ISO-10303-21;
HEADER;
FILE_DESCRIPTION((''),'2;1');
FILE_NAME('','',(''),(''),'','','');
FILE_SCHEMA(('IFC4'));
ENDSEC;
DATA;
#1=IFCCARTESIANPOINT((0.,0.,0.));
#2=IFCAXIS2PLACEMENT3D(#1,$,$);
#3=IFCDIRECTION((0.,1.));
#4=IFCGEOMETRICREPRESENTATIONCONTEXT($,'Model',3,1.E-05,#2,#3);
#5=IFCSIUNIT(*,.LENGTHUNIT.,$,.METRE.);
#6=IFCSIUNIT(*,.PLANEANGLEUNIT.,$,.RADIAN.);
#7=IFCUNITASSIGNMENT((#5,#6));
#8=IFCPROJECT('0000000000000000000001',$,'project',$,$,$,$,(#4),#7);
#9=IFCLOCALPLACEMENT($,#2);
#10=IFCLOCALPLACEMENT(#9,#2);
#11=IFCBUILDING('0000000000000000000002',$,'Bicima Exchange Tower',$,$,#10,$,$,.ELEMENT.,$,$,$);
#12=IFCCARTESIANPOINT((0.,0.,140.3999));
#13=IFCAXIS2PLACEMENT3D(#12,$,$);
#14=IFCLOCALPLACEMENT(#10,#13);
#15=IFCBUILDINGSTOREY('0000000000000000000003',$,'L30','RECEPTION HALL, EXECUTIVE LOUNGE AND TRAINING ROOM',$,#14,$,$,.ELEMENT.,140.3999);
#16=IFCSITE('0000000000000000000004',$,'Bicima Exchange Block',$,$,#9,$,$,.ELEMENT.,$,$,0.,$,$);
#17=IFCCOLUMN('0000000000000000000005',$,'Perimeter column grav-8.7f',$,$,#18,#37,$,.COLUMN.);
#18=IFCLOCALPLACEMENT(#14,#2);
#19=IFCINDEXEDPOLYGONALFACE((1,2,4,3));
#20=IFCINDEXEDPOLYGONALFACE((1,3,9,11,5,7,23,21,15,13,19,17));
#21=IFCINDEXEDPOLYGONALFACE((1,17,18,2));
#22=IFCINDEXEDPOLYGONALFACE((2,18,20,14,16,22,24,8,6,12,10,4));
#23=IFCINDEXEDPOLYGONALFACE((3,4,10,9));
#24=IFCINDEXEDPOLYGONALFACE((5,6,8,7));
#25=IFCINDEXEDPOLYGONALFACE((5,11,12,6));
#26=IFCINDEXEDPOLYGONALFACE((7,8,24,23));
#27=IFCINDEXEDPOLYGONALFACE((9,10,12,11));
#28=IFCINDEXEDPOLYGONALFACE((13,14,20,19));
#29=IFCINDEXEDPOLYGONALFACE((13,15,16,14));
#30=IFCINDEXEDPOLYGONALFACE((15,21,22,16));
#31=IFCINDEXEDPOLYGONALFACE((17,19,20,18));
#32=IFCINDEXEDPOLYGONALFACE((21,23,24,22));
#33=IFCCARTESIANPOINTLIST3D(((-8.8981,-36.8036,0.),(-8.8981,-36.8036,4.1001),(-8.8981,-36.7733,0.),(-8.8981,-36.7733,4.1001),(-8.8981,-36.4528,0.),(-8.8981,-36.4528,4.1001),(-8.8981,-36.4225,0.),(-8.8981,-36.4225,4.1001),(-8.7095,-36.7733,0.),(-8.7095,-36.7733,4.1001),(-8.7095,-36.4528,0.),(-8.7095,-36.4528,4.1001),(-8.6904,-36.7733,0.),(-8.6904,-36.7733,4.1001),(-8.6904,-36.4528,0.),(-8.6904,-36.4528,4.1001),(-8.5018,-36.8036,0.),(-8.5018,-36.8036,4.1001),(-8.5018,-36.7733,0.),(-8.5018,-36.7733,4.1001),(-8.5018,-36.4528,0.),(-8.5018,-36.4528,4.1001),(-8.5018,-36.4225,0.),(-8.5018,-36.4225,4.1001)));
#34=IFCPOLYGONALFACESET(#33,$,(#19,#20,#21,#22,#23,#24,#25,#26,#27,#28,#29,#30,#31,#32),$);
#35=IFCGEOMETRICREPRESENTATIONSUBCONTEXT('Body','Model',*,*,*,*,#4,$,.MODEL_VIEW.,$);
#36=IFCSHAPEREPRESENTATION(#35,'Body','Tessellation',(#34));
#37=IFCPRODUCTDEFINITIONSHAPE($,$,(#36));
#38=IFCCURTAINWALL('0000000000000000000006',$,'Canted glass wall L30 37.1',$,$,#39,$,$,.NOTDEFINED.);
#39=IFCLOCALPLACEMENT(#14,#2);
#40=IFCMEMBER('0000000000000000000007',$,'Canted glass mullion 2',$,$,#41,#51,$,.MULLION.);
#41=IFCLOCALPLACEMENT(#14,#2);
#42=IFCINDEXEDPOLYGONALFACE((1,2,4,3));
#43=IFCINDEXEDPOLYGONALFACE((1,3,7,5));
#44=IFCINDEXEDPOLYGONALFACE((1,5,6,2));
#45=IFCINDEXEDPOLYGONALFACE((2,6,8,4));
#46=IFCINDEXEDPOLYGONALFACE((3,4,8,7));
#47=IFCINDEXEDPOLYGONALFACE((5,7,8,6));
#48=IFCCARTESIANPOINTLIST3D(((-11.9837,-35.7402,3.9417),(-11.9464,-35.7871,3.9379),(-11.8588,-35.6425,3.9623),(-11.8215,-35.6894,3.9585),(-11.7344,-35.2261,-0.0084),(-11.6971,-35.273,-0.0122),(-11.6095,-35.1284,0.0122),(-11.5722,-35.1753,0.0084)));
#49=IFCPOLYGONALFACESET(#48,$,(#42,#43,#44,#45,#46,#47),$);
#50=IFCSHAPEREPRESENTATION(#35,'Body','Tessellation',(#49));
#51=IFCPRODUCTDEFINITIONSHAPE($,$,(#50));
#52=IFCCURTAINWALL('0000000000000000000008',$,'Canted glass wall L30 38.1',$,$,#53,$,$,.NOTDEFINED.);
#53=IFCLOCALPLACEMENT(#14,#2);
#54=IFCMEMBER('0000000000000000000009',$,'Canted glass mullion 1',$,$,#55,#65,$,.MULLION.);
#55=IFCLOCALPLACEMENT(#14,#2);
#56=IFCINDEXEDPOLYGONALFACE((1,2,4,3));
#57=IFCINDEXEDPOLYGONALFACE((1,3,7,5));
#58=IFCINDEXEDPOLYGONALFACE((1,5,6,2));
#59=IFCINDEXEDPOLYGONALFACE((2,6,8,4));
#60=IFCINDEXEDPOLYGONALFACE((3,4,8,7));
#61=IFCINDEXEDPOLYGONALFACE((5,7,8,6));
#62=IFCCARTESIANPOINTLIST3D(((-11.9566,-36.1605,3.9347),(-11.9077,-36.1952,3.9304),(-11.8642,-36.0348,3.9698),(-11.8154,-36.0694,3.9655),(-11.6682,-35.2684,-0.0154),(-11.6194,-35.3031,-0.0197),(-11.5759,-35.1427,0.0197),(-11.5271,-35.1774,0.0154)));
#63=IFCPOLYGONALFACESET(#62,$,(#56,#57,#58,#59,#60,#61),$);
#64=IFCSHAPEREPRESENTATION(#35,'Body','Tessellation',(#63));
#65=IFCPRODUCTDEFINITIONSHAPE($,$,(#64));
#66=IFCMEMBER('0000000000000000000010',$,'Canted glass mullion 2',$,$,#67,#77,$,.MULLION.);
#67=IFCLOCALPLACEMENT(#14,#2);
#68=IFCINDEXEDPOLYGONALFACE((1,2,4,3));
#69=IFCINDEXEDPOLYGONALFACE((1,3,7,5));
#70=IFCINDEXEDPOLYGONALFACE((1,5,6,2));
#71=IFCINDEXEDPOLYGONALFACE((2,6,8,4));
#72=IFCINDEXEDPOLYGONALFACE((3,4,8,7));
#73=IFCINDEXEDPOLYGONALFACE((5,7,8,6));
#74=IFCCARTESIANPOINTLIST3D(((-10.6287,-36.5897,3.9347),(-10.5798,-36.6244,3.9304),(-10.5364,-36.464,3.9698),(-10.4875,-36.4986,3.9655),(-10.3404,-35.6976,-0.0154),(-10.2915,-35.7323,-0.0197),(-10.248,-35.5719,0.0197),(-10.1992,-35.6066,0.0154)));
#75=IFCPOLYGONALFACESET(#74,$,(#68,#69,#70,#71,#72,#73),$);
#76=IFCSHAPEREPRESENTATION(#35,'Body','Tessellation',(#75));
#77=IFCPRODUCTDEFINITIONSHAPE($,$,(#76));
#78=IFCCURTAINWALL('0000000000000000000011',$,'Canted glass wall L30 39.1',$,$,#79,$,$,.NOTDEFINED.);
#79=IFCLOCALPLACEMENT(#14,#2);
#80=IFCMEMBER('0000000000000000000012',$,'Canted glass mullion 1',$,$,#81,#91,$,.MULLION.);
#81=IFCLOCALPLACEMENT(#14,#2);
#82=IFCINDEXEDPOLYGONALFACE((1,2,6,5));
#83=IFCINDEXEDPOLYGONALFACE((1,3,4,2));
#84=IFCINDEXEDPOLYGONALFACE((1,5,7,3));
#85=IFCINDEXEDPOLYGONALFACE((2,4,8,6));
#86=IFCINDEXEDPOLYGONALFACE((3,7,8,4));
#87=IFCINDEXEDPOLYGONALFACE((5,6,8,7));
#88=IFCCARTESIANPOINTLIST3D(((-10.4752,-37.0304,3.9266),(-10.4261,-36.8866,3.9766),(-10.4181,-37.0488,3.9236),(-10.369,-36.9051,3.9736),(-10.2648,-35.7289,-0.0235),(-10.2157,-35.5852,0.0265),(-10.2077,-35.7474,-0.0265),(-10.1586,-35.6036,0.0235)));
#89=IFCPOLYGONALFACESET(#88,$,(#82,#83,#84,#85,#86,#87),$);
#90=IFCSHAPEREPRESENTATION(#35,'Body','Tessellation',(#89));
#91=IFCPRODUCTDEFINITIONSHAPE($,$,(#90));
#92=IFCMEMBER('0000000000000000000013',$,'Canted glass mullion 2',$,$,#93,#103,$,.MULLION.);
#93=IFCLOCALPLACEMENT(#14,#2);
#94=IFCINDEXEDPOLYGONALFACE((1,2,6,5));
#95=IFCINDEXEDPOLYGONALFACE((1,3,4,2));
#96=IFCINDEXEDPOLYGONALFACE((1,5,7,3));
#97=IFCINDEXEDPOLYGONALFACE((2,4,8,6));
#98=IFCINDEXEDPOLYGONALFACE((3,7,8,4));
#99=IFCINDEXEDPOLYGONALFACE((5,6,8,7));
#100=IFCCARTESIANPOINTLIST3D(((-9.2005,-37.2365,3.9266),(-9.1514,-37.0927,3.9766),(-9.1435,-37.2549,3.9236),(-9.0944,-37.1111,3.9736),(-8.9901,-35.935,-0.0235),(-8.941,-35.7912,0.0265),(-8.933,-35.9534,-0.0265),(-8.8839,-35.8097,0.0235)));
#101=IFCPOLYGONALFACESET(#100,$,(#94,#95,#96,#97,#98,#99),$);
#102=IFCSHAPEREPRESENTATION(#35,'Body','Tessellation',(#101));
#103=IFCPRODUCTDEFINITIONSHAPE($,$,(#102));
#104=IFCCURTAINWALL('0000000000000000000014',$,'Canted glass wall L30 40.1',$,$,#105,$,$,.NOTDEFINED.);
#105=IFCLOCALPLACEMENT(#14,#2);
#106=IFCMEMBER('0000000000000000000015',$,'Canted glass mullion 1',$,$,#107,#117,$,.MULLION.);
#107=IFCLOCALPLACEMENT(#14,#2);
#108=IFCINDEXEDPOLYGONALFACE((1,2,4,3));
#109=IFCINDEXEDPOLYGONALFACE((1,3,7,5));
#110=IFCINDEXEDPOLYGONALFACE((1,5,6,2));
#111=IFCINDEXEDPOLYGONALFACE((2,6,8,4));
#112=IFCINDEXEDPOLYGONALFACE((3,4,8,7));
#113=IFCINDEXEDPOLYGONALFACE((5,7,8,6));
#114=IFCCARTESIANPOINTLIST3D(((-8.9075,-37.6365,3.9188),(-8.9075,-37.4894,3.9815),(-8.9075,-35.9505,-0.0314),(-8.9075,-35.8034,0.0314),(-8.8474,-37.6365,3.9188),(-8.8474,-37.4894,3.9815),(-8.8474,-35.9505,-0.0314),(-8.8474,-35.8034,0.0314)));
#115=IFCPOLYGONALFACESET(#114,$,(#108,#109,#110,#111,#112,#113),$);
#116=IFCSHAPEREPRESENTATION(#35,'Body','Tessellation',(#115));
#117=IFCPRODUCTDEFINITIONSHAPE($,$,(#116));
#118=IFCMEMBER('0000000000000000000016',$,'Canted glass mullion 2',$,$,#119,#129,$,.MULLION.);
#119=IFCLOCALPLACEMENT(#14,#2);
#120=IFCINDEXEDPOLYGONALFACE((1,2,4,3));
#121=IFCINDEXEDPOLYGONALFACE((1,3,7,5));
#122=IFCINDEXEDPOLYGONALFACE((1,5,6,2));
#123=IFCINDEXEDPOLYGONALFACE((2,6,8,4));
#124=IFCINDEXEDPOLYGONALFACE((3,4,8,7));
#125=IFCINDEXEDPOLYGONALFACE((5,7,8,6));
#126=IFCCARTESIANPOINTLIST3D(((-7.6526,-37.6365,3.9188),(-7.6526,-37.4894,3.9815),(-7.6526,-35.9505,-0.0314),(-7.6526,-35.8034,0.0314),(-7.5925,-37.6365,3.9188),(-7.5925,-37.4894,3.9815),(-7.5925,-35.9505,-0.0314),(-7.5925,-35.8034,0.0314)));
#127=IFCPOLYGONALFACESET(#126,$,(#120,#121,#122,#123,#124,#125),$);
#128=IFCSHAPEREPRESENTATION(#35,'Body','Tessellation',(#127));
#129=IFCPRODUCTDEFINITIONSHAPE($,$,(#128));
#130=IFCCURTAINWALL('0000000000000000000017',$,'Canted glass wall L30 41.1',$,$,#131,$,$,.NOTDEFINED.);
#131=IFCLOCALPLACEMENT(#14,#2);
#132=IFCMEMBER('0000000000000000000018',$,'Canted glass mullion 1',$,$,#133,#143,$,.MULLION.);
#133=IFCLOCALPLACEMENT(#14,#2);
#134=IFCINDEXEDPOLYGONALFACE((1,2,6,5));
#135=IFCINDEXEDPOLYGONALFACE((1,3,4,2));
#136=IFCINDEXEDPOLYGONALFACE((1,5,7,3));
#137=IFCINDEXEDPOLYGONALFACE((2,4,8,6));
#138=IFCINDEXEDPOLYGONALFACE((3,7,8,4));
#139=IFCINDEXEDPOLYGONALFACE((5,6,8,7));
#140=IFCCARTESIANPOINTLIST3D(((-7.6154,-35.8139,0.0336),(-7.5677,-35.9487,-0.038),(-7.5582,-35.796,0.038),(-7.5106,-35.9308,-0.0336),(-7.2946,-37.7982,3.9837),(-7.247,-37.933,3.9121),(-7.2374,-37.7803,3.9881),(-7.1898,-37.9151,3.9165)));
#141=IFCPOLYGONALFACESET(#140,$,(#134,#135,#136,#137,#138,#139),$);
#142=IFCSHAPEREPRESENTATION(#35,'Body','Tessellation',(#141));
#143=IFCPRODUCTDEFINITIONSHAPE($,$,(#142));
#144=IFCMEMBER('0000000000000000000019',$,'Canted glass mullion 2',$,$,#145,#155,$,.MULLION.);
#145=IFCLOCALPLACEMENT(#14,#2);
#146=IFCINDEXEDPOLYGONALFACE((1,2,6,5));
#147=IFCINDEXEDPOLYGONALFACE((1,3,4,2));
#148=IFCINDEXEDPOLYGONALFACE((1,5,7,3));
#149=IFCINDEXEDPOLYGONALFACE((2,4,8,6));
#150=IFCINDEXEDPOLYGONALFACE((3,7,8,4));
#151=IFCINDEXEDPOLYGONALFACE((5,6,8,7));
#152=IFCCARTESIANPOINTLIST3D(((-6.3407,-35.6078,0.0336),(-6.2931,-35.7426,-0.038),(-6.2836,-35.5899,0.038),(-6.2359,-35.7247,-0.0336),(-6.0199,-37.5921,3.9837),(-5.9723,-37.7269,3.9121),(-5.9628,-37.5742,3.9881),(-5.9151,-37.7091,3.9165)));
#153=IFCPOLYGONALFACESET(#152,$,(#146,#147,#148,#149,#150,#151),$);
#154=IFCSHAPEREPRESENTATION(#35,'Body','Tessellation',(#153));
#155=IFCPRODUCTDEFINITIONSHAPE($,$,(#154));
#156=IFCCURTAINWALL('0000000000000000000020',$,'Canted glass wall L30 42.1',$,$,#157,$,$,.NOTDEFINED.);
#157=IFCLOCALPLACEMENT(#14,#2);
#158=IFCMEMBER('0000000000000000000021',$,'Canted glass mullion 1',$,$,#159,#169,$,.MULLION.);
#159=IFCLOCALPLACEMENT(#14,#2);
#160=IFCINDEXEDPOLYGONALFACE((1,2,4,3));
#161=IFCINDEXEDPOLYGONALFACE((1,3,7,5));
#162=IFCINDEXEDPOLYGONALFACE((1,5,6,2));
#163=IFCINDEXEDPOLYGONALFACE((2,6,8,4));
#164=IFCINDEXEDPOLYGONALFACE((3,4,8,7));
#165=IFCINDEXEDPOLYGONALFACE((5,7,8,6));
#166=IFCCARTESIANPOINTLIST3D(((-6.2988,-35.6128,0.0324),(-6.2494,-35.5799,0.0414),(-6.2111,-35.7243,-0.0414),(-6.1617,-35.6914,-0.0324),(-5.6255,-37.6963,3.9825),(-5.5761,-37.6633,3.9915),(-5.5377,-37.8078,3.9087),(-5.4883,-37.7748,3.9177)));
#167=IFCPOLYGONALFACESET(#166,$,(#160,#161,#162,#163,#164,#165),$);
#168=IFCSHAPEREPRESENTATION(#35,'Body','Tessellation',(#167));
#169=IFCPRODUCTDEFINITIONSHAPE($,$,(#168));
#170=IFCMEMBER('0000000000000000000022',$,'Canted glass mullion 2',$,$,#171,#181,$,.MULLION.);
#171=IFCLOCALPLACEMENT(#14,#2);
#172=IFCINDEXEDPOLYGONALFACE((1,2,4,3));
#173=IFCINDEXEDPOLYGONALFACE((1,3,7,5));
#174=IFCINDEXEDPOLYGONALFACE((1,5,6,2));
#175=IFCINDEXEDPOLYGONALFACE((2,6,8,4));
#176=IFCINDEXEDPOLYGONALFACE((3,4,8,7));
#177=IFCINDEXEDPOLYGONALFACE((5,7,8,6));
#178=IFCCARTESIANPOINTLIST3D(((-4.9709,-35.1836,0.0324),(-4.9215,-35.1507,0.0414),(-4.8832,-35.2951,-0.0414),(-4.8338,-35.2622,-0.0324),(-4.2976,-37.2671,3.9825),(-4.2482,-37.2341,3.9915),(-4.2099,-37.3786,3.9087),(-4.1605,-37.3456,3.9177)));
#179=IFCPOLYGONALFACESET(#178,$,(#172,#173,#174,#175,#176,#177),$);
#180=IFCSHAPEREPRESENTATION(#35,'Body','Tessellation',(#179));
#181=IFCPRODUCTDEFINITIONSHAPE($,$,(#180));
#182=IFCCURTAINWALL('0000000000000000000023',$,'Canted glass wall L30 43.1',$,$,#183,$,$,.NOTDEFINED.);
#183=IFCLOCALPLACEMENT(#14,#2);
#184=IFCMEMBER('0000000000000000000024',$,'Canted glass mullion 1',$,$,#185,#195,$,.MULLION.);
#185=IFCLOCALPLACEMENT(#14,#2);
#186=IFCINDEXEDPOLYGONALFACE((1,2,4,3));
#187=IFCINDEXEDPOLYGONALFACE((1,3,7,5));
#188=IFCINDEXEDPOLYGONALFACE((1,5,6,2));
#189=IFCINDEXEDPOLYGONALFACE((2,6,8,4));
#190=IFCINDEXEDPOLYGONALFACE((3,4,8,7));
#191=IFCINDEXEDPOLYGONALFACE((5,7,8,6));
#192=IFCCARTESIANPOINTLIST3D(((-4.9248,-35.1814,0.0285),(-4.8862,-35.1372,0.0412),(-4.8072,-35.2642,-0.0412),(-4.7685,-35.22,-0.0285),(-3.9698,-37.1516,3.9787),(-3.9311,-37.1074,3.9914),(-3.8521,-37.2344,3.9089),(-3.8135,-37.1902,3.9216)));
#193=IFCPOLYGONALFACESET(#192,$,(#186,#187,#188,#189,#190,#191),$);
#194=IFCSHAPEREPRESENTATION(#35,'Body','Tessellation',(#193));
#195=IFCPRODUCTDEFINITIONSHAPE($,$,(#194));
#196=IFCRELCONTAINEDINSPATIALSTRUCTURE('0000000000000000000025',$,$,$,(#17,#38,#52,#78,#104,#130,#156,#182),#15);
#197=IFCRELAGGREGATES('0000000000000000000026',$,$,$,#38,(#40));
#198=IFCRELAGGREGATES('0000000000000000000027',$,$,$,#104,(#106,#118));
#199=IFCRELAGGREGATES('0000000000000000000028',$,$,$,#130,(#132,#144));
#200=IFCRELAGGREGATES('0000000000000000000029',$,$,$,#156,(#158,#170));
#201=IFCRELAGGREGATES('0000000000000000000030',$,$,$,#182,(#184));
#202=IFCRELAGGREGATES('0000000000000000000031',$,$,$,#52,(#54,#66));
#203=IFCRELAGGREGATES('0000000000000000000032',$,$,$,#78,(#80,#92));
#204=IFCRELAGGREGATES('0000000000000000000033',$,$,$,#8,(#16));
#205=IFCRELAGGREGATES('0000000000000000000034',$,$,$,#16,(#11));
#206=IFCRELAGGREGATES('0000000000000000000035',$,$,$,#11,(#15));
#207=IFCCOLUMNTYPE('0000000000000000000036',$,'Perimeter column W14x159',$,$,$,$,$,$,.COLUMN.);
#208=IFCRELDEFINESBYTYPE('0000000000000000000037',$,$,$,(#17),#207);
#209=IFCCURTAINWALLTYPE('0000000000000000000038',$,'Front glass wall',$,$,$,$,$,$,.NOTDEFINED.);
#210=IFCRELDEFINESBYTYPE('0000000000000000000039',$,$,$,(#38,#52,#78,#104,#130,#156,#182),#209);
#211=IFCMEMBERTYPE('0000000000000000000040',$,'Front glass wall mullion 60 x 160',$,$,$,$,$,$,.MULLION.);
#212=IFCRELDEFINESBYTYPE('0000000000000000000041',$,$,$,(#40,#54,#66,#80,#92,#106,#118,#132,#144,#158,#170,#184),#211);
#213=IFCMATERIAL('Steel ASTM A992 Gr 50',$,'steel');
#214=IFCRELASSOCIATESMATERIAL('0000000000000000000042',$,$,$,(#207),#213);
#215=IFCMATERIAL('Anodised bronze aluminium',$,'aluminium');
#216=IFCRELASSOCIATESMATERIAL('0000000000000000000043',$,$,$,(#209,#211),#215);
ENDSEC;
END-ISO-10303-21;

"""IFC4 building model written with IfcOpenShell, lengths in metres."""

from ifc_helpers import new_model, si_unit, direction, frame, origin, origin_2d, place, context, subcontext, project, spatial, rectangle, i_section, extrude, material, material_profile, profile_set, type_object, element, aggregate, save


model = new_model("IFC4")

# Units and contexts
model_context = context("Model", 3, precision=1e-05, world=origin(), true_north=direction((0.0, 1.0)))
body_context = subcontext(model_context, "Body", "Model", "MODEL_VIEW")
ifc_project = project(units=[si_unit("LENGTHUNIT", "METRE"), si_unit("PLANEANGLEUNIT", "RADIAN")], contexts=[model_context])

# Site, building, storey
site_placement = place(None, origin())
site = spatial("IfcSite", under=ifc_project, at=site_placement, Name="Bicima Exchange Block", CompositionType="ELEMENT", RefElevation=0.0)
building_placement = place(site_placement, origin())
building = spatial("IfcBuilding", under=site, at=building_placement, Name="Bicima Exchange Tower", CompositionType="ELEMENT")
storey_placement = place(building_placement, frame((0.0, 0.0, 140.3999)))
storey = spatial("IfcBuildingStorey", under=building, at=storey_placement, Name="L30", Description="RECEPTION HALL, EXECUTIVE LOUNGE AND TRAINING ROOM", CompositionType="ELEMENT", Elevation=140.3999)

# Column
ifc_material_1 = material(Name="Steel ASTM A992 Gr 50", Category="steel")
ifc_material_profile_1 = material_profile(ifc_material_1, i_section(OverallWidth=0.3962, OverallDepth=0.3811, WebThickness=0.019, FlangeThickness=0.0303, at=origin_2d()))
ifc_profile_set_1 = profile_set([ifc_material_profile_1], Name="Steel ASTM A992 Gr 50")
column_type = type_object("IfcColumnType", Name="Perimeter column W14x159", PredefinedType="COLUMN", material=ifc_profile_set_1)
column_placement = place(storey_placement, frame((-8.7, -36.613, 0.0), z_axis=(0.0, 0.0, 1.0), x_axis=(1.0, 0.0, 0.0)))
element("IfcColumn", 1, at=column_placement, inside=storey, type_object=column_type, Name="Perimeter column grav-8.7f", PredefinedType="COLUMN", context=body_context, shape_type="SweptSolid", body=[
    extrude(i_section(OverallWidth=0.3962, OverallDepth=0.3811, WebThickness=0.019, FlangeThickness=0.0303, at=origin_2d()), origin(), (0.0, 0.0, 1.0), 4.1001),
])

# Curtain wall, member
ifc_material_2 = material(Name="Anodised bronze aluminium", Category="aluminium")
curtain_wall_type = type_object("IfcCurtainWallType", Name="Front glass wall", PredefinedType="NOTDEFINED", material=ifc_material_2)
curtain_wall_1_placement = place(storey_placement, origin())
curtain_wall_1 = element("IfcCurtainWall", 2, at=curtain_wall_1_placement, inside=storey, type_object=curtain_wall_type, Name="Canted glass wall L30 37.1", PredefinedType="NOTDEFINED")
ifc_material_profile_2 = material_profile(ifc_material_2, rectangle(XDim=0.1599, YDim=0.0601, at=origin_2d()))
ifc_profile_set_2 = profile_set([ifc_material_profile_2], Name="Anodised bronze aluminium")
member_type_1 = type_object("IfcMemberType", Name="Front glass wall mullion 60 x 160", PredefinedType="MULLION", material=ifc_profile_set_2)
member_1_placement = place(storey_placement, frame((-11.6533, -35.2007, 0.0), z_axis=(-0.062453, -0.12882, 0.989699), x_axis=(0.781052, 0.611035, 0.128819)))
member_1 = element("IfcMember", 3, at=member_1_placement, type_object=member_type_1, Name="Canted glass mullion 2", PredefinedType="MULLION", context=body_context, shape_type="SweptSolid", body=[
    extrude(rectangle(XDim=0.1599, YDim=0.0601, at=origin_2d()), origin(), (0.0, 0.0, 1.0), 3.9912),
])

# Curtain walls, members
curtain_wall_2_placement = place(storey_placement, origin())
curtain_wall_2 = element("IfcCurtainWall", 4, at=curtain_wall_2_placement, inside=storey, type_object=curtain_wall_type, Name="Canted glass wall L30 38.1", PredefinedType="NOTDEFINED")
member_2_placement = place(storey_placement, frame((-11.5977, -35.2229, 0.0), z_axis=(-0.071019, -0.219731, 0.972972), x_axis=(0.577403, 0.786337, 0.219727)))
member_2 = element("IfcMember", 5, at=member_2_placement, type_object=member_type_1, Name="Canted glass mullion 1", PredefinedType="MULLION", context=body_context, shape_type="SweptSolid", body=[
    extrude(rectangle(XDim=0.1599, YDim=0.0601, at=origin_2d()), origin(), (0.0, 0.0, 1.0), 4.0598),
])
member_3_placement = place(storey_placement, frame((-10.2698, -35.6521, 0.0), z_axis=(-0.071019, -0.219731, 0.972972), x_axis=(0.577403, 0.786337, 0.219727)))
member_3 = element("IfcMember", 6, at=member_3_placement, type_object=member_type_1, Name="Canted glass mullion 2", PredefinedType="MULLION", context=body_context, shape_type="SweptSolid", body=[
    extrude(rectangle(XDim=0.1599, YDim=0.0601, at=origin_2d()), origin(), (0.0, 0.0, 1.0), 4.0598),
])
curtain_wall_3_placement = place(storey_placement, origin())
curtain_wall_3 = element("IfcCurtainWall", 7, at=curtain_wall_3_placement, inside=storey, type_object=curtain_wall_type, Name="Canted glass wall L30 39.1", PredefinedType="NOTDEFINED")
member_4_placement = place(storey_placement, frame((-10.2117, -35.6663, 0.0), z_axis=(-0.050535, -0.312533, 0.948562), x_axis=(0.306995, 0.89893, 0.312536)))
member_4 = element("IfcMember", 8, at=member_4_placement, type_object=member_type_1, Name="Canted glass mullion 1", PredefinedType="MULLION", context=body_context, shape_type="SweptSolid", body=[
    extrude(rectangle(XDim=0.1599, YDim=0.0601, at=origin_2d()), origin(), (0.0, 0.0, 1.0), 4.1643),
])
member_5_placement = place(storey_placement, frame((-8.937, -35.8723, 0.0), z_axis=(-0.050535, -0.312533, 0.948562), x_axis=(0.306995, 0.89893, 0.312536)))
member_5 = element("IfcMember", 9, at=member_5_placement, type_object=member_type_1, Name="Canted glass mullion 2", PredefinedType="MULLION", context=body_context, shape_type="SweptSolid", body=[
    extrude(rectangle(XDim=0.1599, YDim=0.0601, at=origin_2d()), origin(), (0.0, 0.0, 1.0), 4.1643),
])
curtain_wall_4_placement = place(storey_placement, origin())
curtain_wall_4 = element("IfcCurtainWall", 10, at=curtain_wall_4_placement, inside=storey, type_object=curtain_wall_type, Name="Canted glass wall L30 40.1", PredefinedType="NOTDEFINED")
member_6_placement = place(storey_placement, frame((-8.8774, -35.877, 0.0), z_axis=(0.0, -0.392561, 0.919726), x_axis=(0.0, 0.919726, 0.392561)))
member_6 = element("IfcMember", 11, at=member_6_placement, type_object=member_type_1, Name="Canted glass mullion 1", PredefinedType="MULLION", context=body_context, shape_type="SweptSolid", body=[
    extrude(rectangle(XDim=0.1599, YDim=0.0601, at=origin_2d()), origin(), (0.0, 0.0, 1.0), 4.2949),
])
member_7_placement = place(storey_placement, frame((-7.6226, -35.877, 0.0), z_axis=(0.0, -0.392561, 0.919726), x_axis=(0.0, 0.919726, 0.392561)))
member_7 = element("IfcMember", 12, at=member_7_placement, type_object=member_type_1, Name="Canted glass mullion 2", PredefinedType="MULLION", context=body_context, shape_type="SweptSolid", body=[
    extrude(rectangle(XDim=0.1599, YDim=0.0601, at=origin_2d()), origin(), (0.0, 0.0, 1.0), 4.2949),
])
curtain_wall_5_placement = place(storey_placement, origin())
curtain_wall_5 = element("IfcCurtainWall", 13, at=curtain_wall_5_placement, inside=storey, type_object=curtain_wall_type, Name="Canted glass wall L30 41.1", PredefinedType="NOTDEFINED")
member_8_placement = place(storey_placement, frame((-7.563, -35.8723, 0.0), z_axis=(0.072379, -0.447714, 0.891242), x_axis=(-0.297936, 0.84308, 0.447716)))
member_8 = element("IfcMember", 14, at=member_8_placement, type_object=member_type_1, Name="Canted glass mullion 1", PredefinedType="MULLION", context=body_context, shape_type="SweptSolid", body=[
    extrude(rectangle(XDim=0.1599, YDim=0.0601, at=origin_2d()), origin(), (0.0, 0.0, 1.0), 4.4321),
])
member_9_placement = place(storey_placement, frame((-6.2883, -35.6663, 0.0), z_axis=(0.072379, -0.447714, 0.891242), x_axis=(-0.297936, 0.84308, 0.447716)))
member_9 = element("IfcMember", 15, at=member_9_placement, type_object=member_type_1, Name="Canted glass mullion 2", PredefinedType="MULLION", context=body_context, shape_type="SweptSolid", body=[
    extrude(rectangle(XDim=0.1599, YDim=0.0601, at=origin_2d()), origin(), (0.0, 0.0, 1.0), 4.4321),
])
curtain_wall_6_placement = place(storey_placement, origin())
curtain_wall_6 = element("IfcCurtainWall", 16, at=curtain_wall_6_placement, inside=storey, type_object=curtain_wall_type, Name="Canted glass wall L30 42.1", PredefinedType="NOTDEFINED")
member_10_placement = place(storey_placement, frame((-6.2302, -35.6521, 0.0), z_axis=(0.149086, -0.461312, 0.874623), x_axis=(-0.548603, 0.697306, 0.461301)))
member_10 = element("IfcMember", 17, at=member_10_placement, type_object=member_type_1, Name="Canted glass mullion 1", PredefinedType="MULLION", context=body_context, shape_type="SweptSolid", body=[
    extrude(rectangle(XDim=0.1599, YDim=0.0601, at=origin_2d()), origin(), (0.0, 0.0, 1.0), 4.5164),
])
member_11_placement = place(storey_placement, frame((-4.9023, -35.2229, 0.0), z_axis=(0.149086, -0.461312, 0.874623), x_axis=(-0.548603, 0.697306, 0.461301)))
member_11 = element("IfcMember", 18, at=member_11_placement, type_object=member_type_1, Name="Canted glass mullion 2", PredefinedType="MULLION", context=body_context, shape_type="SweptSolid", body=[
    extrude(rectangle(XDim=0.1599, YDim=0.0601, at=origin_2d()), origin(), (0.0, 0.0, 1.0), 4.5164),
])

# Curtain wall, member
curtain_wall_7_placement = place(storey_placement, origin())
curtain_wall_7 = element("IfcCurtainWall", 19, at=curtain_wall_7_placement, inside=storey, type_object=curtain_wall_type, Name="Canted glass wall L30 43.1", PredefinedType="NOTDEFINED")
member_12_placement = place(storey_placement, frame((-4.8467, -35.2007, 0.0), z_axis=(0.211468, -0.436235, 0.874632), x_axis=(-0.735863, 0.517894, 0.436224)))
member_12 = element("IfcMember", 20, at=member_12_placement, type_object=member_type_1, Name="Canted glass mullion 1", PredefinedType="MULLION", context=body_context, shape_type="SweptSolid", body=[
    extrude(rectangle(XDim=0.1599, YDim=0.0601, at=origin_2d()), origin(), (0.0, 0.0, 1.0), 4.5164),
])

aggregate(curtain_wall_1, [member_1])
aggregate(curtain_wall_4, [member_6, member_7])
aggregate(curtain_wall_5, [member_8, member_9])
aggregate(curtain_wall_6, [member_10, member_11])
aggregate(curtain_wall_7, [member_12])
aggregate(curtain_wall_2, [member_2, member_3])
aggregate(curtain_wall_3, [member_4, member_5])

save(model, "model.ifc")
